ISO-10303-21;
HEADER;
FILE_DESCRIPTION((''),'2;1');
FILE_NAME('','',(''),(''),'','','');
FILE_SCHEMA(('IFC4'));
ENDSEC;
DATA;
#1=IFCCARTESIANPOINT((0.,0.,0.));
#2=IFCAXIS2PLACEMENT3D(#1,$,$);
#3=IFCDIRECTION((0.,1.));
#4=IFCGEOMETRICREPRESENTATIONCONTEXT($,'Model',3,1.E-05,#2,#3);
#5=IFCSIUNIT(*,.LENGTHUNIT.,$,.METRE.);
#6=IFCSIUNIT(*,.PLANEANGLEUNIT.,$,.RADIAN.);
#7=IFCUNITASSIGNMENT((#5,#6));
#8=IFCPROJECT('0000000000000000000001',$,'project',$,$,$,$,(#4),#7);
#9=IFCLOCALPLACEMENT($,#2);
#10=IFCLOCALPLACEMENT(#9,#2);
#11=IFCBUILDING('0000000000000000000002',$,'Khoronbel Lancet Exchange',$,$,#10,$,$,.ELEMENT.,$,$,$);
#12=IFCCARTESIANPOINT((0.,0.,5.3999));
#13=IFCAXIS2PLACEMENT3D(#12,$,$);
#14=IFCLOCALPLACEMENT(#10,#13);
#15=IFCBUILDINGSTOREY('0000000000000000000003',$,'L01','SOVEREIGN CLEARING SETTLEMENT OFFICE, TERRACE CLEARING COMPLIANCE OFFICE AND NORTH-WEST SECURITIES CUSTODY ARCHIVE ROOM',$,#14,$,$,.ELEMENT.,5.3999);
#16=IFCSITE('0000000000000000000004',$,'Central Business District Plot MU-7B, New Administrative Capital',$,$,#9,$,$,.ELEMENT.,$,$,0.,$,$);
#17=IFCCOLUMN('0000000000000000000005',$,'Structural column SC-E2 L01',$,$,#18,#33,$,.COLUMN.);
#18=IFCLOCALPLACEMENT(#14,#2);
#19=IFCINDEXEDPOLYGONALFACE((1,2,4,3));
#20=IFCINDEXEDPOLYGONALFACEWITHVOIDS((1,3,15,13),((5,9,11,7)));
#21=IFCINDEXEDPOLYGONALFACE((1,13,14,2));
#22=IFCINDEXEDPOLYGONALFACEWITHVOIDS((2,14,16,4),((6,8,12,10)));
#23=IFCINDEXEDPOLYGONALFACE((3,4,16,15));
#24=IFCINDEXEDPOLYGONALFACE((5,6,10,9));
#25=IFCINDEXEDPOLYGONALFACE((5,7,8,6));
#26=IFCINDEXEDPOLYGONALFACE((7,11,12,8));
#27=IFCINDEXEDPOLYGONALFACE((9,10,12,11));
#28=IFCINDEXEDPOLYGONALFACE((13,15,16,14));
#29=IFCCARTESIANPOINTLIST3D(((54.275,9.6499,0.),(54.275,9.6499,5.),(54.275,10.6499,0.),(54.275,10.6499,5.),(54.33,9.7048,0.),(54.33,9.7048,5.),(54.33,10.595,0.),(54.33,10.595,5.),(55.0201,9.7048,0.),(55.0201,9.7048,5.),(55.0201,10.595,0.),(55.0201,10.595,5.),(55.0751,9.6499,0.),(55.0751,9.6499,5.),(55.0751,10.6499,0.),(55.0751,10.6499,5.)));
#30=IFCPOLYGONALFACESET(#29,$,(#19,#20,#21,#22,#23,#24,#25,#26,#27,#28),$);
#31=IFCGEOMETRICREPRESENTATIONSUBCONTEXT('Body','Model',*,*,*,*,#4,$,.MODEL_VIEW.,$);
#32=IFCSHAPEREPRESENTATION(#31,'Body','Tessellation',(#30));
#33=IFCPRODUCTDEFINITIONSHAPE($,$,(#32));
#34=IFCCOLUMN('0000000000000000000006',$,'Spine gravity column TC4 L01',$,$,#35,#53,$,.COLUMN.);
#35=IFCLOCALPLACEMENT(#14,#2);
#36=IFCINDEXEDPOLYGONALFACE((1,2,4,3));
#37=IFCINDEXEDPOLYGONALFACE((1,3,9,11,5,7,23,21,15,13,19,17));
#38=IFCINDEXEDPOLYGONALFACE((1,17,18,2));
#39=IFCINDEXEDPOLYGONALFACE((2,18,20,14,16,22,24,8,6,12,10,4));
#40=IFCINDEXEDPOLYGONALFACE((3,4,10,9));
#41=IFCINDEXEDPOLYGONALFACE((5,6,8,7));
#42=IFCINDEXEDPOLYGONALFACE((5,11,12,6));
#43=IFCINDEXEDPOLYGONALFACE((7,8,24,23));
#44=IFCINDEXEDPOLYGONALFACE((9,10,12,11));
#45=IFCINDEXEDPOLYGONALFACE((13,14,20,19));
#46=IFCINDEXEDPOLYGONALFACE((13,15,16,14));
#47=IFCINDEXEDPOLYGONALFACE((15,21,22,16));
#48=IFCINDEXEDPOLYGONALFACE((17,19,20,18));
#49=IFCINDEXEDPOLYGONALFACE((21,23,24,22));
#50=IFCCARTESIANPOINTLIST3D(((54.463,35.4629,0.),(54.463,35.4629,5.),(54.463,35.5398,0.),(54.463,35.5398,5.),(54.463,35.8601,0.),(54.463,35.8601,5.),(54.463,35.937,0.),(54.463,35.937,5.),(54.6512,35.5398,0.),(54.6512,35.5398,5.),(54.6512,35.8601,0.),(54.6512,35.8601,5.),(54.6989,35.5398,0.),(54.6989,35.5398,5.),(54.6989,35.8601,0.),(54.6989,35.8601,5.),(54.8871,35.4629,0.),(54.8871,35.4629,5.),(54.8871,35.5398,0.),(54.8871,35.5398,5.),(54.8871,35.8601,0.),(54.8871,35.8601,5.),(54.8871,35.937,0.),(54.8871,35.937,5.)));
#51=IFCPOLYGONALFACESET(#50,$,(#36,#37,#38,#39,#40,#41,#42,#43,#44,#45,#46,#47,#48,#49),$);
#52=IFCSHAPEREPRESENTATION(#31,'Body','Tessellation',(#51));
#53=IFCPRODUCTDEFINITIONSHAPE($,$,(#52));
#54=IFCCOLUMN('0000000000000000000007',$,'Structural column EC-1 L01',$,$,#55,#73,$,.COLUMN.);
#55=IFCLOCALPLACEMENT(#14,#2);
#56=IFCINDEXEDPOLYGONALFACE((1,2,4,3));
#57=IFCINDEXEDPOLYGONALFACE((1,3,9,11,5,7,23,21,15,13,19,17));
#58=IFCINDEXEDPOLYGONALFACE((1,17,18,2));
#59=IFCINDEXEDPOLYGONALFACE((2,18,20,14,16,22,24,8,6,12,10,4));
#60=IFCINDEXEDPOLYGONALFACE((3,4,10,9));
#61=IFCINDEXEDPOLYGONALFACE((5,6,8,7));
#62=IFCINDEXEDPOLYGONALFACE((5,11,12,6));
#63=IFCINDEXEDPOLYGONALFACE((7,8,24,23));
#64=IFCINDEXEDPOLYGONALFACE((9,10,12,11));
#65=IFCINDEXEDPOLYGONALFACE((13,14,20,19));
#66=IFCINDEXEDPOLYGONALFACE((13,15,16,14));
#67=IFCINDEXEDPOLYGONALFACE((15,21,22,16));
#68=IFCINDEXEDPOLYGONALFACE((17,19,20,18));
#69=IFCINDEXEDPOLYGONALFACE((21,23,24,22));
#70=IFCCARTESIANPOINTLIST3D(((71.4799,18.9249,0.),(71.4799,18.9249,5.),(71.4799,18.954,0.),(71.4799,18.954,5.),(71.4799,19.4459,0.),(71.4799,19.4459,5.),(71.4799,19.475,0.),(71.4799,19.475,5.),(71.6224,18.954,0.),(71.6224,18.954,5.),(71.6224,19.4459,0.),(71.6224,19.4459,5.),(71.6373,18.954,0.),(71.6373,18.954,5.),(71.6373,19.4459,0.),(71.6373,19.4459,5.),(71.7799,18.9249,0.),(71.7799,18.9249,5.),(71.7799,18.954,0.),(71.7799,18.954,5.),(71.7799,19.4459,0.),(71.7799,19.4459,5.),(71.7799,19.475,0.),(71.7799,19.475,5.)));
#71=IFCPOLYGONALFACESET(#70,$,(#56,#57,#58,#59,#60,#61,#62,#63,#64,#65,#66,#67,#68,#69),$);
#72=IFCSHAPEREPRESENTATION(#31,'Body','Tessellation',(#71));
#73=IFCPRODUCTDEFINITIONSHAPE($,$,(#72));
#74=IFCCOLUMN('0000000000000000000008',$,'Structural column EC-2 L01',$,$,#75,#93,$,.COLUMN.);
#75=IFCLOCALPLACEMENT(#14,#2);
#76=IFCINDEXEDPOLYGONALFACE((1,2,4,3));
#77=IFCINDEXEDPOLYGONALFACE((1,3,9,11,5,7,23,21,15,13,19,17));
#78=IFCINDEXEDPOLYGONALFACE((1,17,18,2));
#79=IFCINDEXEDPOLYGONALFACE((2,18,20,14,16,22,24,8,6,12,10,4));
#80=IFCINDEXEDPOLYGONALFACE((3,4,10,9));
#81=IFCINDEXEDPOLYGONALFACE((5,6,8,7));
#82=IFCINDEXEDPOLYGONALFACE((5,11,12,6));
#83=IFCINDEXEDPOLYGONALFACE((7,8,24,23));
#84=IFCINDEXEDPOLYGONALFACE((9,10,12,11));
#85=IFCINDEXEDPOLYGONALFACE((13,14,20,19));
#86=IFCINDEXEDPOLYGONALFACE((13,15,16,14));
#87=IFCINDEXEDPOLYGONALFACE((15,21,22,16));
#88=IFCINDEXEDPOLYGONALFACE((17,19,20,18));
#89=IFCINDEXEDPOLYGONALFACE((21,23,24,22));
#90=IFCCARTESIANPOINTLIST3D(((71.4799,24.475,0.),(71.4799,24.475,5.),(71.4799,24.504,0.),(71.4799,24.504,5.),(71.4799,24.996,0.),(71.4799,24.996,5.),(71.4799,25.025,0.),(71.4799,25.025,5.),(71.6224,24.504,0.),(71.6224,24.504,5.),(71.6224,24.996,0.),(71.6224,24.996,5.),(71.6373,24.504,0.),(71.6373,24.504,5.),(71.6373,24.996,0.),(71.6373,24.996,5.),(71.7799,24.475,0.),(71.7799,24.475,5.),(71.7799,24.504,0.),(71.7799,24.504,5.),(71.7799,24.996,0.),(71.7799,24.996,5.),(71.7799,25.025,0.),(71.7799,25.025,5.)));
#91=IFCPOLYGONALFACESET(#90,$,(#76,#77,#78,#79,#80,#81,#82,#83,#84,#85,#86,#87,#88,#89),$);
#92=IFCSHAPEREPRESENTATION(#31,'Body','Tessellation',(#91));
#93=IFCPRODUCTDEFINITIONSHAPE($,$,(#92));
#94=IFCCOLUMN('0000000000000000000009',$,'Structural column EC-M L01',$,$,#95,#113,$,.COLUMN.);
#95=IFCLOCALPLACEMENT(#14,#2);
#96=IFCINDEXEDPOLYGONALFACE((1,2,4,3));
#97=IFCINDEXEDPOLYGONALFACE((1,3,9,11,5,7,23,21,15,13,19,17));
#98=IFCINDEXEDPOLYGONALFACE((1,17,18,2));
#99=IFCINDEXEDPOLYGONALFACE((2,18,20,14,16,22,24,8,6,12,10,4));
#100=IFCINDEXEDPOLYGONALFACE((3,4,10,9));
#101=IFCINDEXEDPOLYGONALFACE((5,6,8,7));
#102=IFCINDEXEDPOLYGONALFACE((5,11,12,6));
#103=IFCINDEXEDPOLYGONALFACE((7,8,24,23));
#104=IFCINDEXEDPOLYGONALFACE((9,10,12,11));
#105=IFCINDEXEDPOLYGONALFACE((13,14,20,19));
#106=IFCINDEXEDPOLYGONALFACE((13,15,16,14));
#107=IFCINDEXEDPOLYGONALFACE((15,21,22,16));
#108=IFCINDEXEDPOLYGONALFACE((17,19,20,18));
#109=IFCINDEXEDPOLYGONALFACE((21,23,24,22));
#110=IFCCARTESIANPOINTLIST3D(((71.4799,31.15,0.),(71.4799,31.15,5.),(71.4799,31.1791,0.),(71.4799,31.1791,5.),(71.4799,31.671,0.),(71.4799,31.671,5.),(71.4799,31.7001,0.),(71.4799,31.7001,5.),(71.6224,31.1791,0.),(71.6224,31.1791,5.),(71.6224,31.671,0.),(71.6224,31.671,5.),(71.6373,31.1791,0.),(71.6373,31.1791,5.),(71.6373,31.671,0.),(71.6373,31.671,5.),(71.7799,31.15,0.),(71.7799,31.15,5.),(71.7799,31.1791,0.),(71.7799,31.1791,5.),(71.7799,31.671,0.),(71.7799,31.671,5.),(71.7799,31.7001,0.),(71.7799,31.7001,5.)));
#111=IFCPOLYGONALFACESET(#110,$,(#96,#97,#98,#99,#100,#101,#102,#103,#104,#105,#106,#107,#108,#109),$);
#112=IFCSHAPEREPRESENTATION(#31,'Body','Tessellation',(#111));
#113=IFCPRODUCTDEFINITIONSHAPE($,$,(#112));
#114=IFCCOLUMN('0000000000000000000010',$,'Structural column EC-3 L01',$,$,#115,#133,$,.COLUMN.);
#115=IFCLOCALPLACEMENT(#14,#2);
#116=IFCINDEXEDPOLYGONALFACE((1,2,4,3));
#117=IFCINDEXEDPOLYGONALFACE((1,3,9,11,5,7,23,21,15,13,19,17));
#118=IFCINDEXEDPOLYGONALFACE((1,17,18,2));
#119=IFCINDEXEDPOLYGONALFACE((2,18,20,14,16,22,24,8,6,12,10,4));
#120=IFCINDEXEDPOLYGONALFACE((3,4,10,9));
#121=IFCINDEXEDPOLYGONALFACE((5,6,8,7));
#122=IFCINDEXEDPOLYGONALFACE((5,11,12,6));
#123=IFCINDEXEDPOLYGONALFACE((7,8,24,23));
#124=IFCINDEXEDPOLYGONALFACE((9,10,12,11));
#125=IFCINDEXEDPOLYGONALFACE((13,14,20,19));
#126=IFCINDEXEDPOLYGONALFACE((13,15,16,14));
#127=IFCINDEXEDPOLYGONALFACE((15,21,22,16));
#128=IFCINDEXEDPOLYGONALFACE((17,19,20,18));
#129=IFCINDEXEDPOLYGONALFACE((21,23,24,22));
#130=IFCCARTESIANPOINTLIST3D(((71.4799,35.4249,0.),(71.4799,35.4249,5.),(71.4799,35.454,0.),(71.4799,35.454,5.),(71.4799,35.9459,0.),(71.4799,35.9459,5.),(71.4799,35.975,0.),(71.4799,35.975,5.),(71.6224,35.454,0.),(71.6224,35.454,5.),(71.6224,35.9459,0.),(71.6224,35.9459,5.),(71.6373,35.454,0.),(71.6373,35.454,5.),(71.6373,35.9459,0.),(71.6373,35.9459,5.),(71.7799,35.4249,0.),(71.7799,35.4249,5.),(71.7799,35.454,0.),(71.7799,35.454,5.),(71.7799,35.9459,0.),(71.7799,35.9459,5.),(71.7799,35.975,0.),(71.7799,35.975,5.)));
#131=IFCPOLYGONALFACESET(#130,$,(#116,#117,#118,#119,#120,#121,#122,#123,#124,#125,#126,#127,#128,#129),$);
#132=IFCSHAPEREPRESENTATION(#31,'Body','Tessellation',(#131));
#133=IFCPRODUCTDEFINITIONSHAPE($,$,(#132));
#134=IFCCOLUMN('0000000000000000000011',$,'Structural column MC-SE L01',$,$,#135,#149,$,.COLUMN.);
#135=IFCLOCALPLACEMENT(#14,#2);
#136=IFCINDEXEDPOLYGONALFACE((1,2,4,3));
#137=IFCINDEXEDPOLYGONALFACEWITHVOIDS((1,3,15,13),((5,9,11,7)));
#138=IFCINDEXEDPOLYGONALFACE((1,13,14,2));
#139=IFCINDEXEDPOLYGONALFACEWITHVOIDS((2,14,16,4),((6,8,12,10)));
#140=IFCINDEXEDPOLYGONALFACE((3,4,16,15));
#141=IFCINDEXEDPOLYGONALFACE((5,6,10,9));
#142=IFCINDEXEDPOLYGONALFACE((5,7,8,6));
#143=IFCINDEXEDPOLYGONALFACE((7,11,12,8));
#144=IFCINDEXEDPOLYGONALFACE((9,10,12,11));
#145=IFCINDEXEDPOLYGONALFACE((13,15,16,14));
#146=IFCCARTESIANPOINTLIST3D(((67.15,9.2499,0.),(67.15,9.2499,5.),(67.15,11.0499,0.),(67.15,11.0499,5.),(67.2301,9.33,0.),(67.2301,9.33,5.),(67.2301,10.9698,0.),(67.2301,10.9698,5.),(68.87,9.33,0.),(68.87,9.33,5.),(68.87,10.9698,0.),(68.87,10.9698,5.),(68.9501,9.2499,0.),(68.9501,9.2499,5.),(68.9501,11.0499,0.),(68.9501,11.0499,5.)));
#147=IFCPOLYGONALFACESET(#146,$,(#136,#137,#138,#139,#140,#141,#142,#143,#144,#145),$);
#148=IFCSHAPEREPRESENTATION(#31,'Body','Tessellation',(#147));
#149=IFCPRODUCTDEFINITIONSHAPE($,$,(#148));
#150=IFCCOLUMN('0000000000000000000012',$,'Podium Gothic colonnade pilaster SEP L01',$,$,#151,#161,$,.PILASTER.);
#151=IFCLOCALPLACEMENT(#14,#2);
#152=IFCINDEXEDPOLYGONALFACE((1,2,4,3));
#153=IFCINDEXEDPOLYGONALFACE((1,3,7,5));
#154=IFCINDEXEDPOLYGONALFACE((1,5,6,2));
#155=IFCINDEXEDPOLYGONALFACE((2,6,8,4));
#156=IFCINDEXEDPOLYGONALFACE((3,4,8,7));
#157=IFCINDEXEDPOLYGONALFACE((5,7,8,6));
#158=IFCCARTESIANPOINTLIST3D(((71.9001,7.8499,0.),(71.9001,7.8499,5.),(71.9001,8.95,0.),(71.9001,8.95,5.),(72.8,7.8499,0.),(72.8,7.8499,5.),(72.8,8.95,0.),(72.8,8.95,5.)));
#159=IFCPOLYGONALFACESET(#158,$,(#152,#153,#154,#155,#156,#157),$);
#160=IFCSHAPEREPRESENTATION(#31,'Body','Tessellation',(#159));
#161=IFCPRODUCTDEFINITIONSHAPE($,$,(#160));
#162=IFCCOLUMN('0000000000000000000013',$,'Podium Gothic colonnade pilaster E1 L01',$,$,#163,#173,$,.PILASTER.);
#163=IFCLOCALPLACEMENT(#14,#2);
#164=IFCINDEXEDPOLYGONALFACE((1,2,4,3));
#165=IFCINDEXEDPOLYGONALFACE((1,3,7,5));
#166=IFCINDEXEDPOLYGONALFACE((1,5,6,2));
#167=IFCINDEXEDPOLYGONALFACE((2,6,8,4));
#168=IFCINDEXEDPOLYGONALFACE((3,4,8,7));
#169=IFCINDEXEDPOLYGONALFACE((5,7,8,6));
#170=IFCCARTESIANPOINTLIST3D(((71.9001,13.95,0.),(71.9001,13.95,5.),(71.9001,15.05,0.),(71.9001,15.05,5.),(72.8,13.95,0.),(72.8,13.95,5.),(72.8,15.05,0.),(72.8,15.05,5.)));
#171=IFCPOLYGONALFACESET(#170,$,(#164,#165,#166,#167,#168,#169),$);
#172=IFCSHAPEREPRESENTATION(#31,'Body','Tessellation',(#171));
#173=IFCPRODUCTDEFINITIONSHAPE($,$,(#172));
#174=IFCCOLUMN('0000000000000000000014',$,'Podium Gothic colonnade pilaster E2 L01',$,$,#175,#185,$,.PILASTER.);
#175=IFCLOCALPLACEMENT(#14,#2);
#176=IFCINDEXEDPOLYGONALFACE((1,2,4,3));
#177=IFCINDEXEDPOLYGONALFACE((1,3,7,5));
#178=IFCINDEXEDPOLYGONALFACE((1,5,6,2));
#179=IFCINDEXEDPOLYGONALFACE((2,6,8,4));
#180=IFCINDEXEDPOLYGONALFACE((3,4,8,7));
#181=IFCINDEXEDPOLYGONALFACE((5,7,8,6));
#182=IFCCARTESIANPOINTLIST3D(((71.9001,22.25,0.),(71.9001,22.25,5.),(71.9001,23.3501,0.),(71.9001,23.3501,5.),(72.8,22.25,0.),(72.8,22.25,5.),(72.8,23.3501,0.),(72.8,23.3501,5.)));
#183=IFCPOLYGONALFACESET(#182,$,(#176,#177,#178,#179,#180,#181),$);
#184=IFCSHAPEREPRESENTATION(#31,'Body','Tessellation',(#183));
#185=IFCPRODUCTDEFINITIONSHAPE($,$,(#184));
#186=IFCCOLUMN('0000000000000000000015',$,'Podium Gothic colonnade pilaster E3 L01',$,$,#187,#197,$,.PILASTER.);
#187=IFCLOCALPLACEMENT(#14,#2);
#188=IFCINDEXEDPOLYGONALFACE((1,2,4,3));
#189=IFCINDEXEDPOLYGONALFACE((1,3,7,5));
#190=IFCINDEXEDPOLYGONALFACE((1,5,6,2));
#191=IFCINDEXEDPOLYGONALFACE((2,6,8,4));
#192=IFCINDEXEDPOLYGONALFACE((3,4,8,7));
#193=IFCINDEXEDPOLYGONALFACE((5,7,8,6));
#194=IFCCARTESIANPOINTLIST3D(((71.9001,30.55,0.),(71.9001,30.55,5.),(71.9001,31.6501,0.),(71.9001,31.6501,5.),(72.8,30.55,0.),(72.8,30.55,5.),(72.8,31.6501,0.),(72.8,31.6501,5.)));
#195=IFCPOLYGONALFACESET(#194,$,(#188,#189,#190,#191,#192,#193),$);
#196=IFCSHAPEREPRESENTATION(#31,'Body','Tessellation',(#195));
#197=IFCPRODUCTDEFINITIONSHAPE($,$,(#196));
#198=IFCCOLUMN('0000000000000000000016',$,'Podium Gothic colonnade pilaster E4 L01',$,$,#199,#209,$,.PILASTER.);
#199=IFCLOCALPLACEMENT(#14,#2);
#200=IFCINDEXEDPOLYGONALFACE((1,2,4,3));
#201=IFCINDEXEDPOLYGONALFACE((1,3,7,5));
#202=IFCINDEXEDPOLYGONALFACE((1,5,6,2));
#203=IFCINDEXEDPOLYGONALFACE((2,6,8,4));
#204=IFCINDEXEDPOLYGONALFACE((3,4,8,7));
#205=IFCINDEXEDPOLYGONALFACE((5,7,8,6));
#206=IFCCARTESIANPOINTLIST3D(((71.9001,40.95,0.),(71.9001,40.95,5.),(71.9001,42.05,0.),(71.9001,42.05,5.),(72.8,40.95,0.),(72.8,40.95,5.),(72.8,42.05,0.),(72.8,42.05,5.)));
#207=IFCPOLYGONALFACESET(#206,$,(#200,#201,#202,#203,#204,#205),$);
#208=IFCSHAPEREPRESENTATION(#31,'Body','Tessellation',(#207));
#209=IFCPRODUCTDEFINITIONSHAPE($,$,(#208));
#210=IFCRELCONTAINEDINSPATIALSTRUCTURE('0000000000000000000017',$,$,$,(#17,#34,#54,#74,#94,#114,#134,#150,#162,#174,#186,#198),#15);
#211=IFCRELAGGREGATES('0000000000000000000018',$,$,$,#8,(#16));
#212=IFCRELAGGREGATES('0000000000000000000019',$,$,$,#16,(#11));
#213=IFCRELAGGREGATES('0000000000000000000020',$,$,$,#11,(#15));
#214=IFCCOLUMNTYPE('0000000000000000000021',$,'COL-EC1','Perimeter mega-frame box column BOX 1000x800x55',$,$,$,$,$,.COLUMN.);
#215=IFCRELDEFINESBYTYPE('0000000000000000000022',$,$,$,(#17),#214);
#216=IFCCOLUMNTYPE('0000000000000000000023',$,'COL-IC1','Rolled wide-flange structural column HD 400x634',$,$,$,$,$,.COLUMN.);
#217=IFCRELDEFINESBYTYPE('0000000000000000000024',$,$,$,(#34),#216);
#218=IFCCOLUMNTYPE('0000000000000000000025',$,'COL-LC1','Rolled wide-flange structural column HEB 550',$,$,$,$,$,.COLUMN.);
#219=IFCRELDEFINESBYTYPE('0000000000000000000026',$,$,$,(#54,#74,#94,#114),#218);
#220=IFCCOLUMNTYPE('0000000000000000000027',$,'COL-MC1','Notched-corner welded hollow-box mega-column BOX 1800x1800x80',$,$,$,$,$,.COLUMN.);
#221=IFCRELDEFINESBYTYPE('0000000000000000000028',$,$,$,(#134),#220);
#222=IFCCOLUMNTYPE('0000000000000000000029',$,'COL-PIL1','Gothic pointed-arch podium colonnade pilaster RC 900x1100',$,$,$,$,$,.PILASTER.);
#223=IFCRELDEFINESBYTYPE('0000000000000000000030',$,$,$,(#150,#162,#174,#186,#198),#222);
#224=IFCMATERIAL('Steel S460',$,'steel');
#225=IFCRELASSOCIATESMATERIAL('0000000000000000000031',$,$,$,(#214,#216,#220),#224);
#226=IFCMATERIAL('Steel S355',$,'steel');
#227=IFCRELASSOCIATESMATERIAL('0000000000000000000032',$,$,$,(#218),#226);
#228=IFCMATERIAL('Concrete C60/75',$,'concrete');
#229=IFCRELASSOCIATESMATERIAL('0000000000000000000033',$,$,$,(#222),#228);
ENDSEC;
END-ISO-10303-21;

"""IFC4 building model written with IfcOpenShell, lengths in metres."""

from ifc_helpers import new_model, si_unit, direction, frame, origin, origin_2d, place, context, subcontext, project, spatial, rectangle, hollow_rectangle, i_section, extrude, material, material_profile, profile_set, type_object, element, save


model = new_model("IFC4")

# Units and contexts
model_context = context("Model", 3, precision=1e-05, world=origin(), true_north=direction((0.0, 1.0)))
body_context = subcontext(model_context, "Body", "Model", "MODEL_VIEW")
ifc_project = project(units=[si_unit("LENGTHUNIT", "METRE"), si_unit("PLANEANGLEUNIT", "RADIAN")], contexts=[model_context])

# Site, building, storey
site_placement = place(None, origin())
site = spatial("IfcSite", under=ifc_project, at=site_placement, Name="Central Business District Plot MU-7B, New Administrative Capital", CompositionType="ELEMENT", RefElevation=0.0)
building_placement = place(site_placement, origin())
building = spatial("IfcBuilding", under=site, at=building_placement, Name="Khoronbel Lancet Exchange", CompositionType="ELEMENT")
storey_placement = place(building_placement, frame((0.0, 0.0, 5.3999)))
storey = spatial("IfcBuildingStorey", under=building, at=storey_placement, Name="L01", Description="SOVEREIGN CLEARING SETTLEMENT OFFICE, TERRACE CLEARING COMPLIANCE OFFICE AND NORTH-WEST SECURITIES CUSTODY ARCHIVE ROOM", CompositionType="ELEMENT", Elevation=5.3999)

# Columns
ifc_material_1 = material(Name="Steel S460", Category="steel")
ifc_material_profile_1 = material_profile(ifc_material_1, hollow_rectangle(XDim=0.8, YDim=1.0, WallThickness=0.0549, at=origin_2d()), Name="BOX 1000x800x55")
ifc_profile_set_1 = profile_set([ifc_material_profile_1], Name="Steel S460")
column_type_1 = type_object("IfcColumnType", Name="COL-EC1", Description="Perimeter mega-frame box column BOX 1000x800x55", PredefinedType="COLUMN", material=ifc_profile_set_1)
column_1_placement = place(storey_placement, frame((54.675, 10.1499, 0.0), z_axis=(0.0, 0.0, 1.0), x_axis=(1.0, 0.0, 0.0)))
element("IfcColumn", 1, at=column_1_placement, inside=storey, type_object=column_type_1, Name="Structural column SC-E2 L01", PredefinedType="COLUMN", context=body_context, shape_type="SweptSolid", body=[
    extrude(hollow_rectangle(XDim=0.8, YDim=1.0, WallThickness=0.0549, at=origin_2d()), origin(), (0.0, 0.0, 1.0), 5.0),
])
ifc_material_profile_2 = material_profile(ifc_material_1, i_section(OverallWidth=0.4241, OverallDepth=0.4741, WebThickness=0.0476, FlangeThickness=0.0769, at=origin_2d()), Name="HD 400x634")
ifc_profile_set_2 = profile_set([ifc_material_profile_2], Name="Steel S460")
column_type_2 = type_object("IfcColumnType", Name="COL-IC1", Description="Rolled wide-flange structural column HD 400x634", PredefinedType="COLUMN", material=ifc_profile_set_2)
column_2_placement = place(storey_placement, frame((54.675, 35.7, 0.0), z_axis=(0.0, 0.0, 1.0), x_axis=(1.0, 0.0, 0.0)))
element("IfcColumn", 2, at=column_2_placement, inside=storey, type_object=column_type_2, Name="Spine gravity column TC4 L01", PredefinedType="COLUMN", context=body_context, shape_type="SweptSolid", body=[
    extrude(i_section(OverallWidth=0.4241, OverallDepth=0.4741, WebThickness=0.0476, FlangeThickness=0.0769, at=origin_2d()), origin(), (0.0, 0.0, 1.0), 5.0),
])
ifc_material_2 = material(Name="Steel S355", Category="steel")
ifc_material_profile_3 = material_profile(ifc_material_2, i_section(OverallWidth=0.3, OverallDepth=0.55, WebThickness=0.0149, FlangeThickness=0.0291, at=origin_2d()), Name="HEB 550")
ifc_profile_set_3 = profile_set([ifc_material_profile_3], Name="Steel S355")
column_type_3 = type_object("IfcColumnType", Name="COL-LC1", Description="Rolled wide-flange structural column HEB 550", PredefinedType="COLUMN", material=ifc_profile_set_3)
for number, where, z_axis, x_axis, name in (
    (3, (71.6299, 19.2, 0.0), (0.0, 0.0, 1.0), (1.0, 0.0, 0.0), "Structural column EC-1 L01"),
    (4, (71.6299, 24.75, 0.0), (0.0, 0.0, 1.0), (1.0, 0.0, 0.0), "Structural column EC-2 L01"),
    (5, (71.6299, 31.425, 0.0), (0.0, 0.0, 1.0), (1.0, 0.0, 0.0), "Structural column EC-M L01"),
    (6, (71.6299, 35.7, 0.0), (0.0, 0.0, 1.0), (1.0, 0.0, 0.0), "Structural column EC-3 L01"),
):
    element("IfcColumn", number, at=place(storey_placement, frame(where, z_axis=z_axis, x_axis=x_axis)), inside=storey, type_object=column_type_3, Name=name, PredefinedType="COLUMN", context=body_context, shape_type="SweptSolid", body=[
        extrude(i_section(OverallWidth=0.3, OverallDepth=0.55, WebThickness=0.0149, FlangeThickness=0.0291, at=origin_2d()), origin(), (0.0, 0.0, 1.0), 5.0),
    ])
ifc_material_profile_4 = material_profile(ifc_material_1, hollow_rectangle(XDim=1.8, YDim=1.8, WallThickness=0.0801, at=origin_2d()), Name="BOX 1800x1800x80")
ifc_profile_set_4 = profile_set([ifc_material_profile_4], Name="Steel S460")
column_type_4 = type_object("IfcColumnType", Name="COL-MC1", Description="Notched-corner welded hollow-box mega-column BOX 1800x1800x80", PredefinedType="COLUMN", material=ifc_profile_set_4)
column_3_placement = place(storey_placement, frame((68.05, 10.1499, 0.0), z_axis=(0.0, 0.0, 1.0), x_axis=(1.0, 0.0, 0.0)))
element("IfcColumn", 7, at=column_3_placement, inside=storey, type_object=column_type_4, Name="Structural column MC-SE L01", PredefinedType="COLUMN", context=body_context, shape_type="SweptSolid", body=[
    extrude(hollow_rectangle(XDim=1.8, YDim=1.8, WallThickness=0.0801, at=origin_2d()), origin(), (0.0, 0.0, 1.0), 5.0),
])
ifc_material_3 = material(Name="Concrete C60/75", Category="concrete")
ifc_material_profile_5 = material_profile(ifc_material_3, rectangle(XDim=0.8999, YDim=1.1001, at=origin_2d()), Name="RC 900x1100")
ifc_profile_set_5 = profile_set([ifc_material_profile_5], Name="Concrete C60/75")
column_type_5 = type_object("IfcColumnType", Name="COL-PIL1", Description="Gothic pointed-arch podium colonnade pilaster RC 900x1100", PredefinedType="PILASTER", material=ifc_profile_set_5)
for number, where, z_axis, x_axis, name in (
    (8, (72.3501, 8.3999, 0.0), (0.0, 0.0, 1.0), (1.0, 0.0, 0.0), "Podium Gothic colonnade pilaster SEP L01"),
    (9, (72.3501, 14.5, 0.0), (0.0, 0.0, 1.0), (1.0, 0.0, 0.0), "Podium Gothic colonnade pilaster E1 L01"),
    (10, (72.3501, 22.8, 0.0), (0.0, 0.0, 1.0), (1.0, 0.0, 0.0), "Podium Gothic colonnade pilaster E2 L01"),
    (11, (72.3501, 31.1001, 0.0), (0.0, 0.0, 1.0), (1.0, 0.0, 0.0), "Podium Gothic colonnade pilaster E3 L01"),
    (12, (72.3501, 41.5, 0.0), (0.0, 0.0, 1.0), (1.0, 0.0, 0.0), "Podium Gothic colonnade pilaster E4 L01"),
):
    element("IfcColumn", number, at=place(storey_placement, frame(where, z_axis=z_axis, x_axis=x_axis)), inside=storey, type_object=column_type_5, Name=name, PredefinedType="PILASTER", context=body_context, shape_type="SweptSolid", body=[
        extrude(rectangle(XDim=0.8999, YDim=1.1001, at=origin_2d()), origin(), (0.0, 0.0, 1.0), 5.0),
    ])

save(model, "model.ifc")
